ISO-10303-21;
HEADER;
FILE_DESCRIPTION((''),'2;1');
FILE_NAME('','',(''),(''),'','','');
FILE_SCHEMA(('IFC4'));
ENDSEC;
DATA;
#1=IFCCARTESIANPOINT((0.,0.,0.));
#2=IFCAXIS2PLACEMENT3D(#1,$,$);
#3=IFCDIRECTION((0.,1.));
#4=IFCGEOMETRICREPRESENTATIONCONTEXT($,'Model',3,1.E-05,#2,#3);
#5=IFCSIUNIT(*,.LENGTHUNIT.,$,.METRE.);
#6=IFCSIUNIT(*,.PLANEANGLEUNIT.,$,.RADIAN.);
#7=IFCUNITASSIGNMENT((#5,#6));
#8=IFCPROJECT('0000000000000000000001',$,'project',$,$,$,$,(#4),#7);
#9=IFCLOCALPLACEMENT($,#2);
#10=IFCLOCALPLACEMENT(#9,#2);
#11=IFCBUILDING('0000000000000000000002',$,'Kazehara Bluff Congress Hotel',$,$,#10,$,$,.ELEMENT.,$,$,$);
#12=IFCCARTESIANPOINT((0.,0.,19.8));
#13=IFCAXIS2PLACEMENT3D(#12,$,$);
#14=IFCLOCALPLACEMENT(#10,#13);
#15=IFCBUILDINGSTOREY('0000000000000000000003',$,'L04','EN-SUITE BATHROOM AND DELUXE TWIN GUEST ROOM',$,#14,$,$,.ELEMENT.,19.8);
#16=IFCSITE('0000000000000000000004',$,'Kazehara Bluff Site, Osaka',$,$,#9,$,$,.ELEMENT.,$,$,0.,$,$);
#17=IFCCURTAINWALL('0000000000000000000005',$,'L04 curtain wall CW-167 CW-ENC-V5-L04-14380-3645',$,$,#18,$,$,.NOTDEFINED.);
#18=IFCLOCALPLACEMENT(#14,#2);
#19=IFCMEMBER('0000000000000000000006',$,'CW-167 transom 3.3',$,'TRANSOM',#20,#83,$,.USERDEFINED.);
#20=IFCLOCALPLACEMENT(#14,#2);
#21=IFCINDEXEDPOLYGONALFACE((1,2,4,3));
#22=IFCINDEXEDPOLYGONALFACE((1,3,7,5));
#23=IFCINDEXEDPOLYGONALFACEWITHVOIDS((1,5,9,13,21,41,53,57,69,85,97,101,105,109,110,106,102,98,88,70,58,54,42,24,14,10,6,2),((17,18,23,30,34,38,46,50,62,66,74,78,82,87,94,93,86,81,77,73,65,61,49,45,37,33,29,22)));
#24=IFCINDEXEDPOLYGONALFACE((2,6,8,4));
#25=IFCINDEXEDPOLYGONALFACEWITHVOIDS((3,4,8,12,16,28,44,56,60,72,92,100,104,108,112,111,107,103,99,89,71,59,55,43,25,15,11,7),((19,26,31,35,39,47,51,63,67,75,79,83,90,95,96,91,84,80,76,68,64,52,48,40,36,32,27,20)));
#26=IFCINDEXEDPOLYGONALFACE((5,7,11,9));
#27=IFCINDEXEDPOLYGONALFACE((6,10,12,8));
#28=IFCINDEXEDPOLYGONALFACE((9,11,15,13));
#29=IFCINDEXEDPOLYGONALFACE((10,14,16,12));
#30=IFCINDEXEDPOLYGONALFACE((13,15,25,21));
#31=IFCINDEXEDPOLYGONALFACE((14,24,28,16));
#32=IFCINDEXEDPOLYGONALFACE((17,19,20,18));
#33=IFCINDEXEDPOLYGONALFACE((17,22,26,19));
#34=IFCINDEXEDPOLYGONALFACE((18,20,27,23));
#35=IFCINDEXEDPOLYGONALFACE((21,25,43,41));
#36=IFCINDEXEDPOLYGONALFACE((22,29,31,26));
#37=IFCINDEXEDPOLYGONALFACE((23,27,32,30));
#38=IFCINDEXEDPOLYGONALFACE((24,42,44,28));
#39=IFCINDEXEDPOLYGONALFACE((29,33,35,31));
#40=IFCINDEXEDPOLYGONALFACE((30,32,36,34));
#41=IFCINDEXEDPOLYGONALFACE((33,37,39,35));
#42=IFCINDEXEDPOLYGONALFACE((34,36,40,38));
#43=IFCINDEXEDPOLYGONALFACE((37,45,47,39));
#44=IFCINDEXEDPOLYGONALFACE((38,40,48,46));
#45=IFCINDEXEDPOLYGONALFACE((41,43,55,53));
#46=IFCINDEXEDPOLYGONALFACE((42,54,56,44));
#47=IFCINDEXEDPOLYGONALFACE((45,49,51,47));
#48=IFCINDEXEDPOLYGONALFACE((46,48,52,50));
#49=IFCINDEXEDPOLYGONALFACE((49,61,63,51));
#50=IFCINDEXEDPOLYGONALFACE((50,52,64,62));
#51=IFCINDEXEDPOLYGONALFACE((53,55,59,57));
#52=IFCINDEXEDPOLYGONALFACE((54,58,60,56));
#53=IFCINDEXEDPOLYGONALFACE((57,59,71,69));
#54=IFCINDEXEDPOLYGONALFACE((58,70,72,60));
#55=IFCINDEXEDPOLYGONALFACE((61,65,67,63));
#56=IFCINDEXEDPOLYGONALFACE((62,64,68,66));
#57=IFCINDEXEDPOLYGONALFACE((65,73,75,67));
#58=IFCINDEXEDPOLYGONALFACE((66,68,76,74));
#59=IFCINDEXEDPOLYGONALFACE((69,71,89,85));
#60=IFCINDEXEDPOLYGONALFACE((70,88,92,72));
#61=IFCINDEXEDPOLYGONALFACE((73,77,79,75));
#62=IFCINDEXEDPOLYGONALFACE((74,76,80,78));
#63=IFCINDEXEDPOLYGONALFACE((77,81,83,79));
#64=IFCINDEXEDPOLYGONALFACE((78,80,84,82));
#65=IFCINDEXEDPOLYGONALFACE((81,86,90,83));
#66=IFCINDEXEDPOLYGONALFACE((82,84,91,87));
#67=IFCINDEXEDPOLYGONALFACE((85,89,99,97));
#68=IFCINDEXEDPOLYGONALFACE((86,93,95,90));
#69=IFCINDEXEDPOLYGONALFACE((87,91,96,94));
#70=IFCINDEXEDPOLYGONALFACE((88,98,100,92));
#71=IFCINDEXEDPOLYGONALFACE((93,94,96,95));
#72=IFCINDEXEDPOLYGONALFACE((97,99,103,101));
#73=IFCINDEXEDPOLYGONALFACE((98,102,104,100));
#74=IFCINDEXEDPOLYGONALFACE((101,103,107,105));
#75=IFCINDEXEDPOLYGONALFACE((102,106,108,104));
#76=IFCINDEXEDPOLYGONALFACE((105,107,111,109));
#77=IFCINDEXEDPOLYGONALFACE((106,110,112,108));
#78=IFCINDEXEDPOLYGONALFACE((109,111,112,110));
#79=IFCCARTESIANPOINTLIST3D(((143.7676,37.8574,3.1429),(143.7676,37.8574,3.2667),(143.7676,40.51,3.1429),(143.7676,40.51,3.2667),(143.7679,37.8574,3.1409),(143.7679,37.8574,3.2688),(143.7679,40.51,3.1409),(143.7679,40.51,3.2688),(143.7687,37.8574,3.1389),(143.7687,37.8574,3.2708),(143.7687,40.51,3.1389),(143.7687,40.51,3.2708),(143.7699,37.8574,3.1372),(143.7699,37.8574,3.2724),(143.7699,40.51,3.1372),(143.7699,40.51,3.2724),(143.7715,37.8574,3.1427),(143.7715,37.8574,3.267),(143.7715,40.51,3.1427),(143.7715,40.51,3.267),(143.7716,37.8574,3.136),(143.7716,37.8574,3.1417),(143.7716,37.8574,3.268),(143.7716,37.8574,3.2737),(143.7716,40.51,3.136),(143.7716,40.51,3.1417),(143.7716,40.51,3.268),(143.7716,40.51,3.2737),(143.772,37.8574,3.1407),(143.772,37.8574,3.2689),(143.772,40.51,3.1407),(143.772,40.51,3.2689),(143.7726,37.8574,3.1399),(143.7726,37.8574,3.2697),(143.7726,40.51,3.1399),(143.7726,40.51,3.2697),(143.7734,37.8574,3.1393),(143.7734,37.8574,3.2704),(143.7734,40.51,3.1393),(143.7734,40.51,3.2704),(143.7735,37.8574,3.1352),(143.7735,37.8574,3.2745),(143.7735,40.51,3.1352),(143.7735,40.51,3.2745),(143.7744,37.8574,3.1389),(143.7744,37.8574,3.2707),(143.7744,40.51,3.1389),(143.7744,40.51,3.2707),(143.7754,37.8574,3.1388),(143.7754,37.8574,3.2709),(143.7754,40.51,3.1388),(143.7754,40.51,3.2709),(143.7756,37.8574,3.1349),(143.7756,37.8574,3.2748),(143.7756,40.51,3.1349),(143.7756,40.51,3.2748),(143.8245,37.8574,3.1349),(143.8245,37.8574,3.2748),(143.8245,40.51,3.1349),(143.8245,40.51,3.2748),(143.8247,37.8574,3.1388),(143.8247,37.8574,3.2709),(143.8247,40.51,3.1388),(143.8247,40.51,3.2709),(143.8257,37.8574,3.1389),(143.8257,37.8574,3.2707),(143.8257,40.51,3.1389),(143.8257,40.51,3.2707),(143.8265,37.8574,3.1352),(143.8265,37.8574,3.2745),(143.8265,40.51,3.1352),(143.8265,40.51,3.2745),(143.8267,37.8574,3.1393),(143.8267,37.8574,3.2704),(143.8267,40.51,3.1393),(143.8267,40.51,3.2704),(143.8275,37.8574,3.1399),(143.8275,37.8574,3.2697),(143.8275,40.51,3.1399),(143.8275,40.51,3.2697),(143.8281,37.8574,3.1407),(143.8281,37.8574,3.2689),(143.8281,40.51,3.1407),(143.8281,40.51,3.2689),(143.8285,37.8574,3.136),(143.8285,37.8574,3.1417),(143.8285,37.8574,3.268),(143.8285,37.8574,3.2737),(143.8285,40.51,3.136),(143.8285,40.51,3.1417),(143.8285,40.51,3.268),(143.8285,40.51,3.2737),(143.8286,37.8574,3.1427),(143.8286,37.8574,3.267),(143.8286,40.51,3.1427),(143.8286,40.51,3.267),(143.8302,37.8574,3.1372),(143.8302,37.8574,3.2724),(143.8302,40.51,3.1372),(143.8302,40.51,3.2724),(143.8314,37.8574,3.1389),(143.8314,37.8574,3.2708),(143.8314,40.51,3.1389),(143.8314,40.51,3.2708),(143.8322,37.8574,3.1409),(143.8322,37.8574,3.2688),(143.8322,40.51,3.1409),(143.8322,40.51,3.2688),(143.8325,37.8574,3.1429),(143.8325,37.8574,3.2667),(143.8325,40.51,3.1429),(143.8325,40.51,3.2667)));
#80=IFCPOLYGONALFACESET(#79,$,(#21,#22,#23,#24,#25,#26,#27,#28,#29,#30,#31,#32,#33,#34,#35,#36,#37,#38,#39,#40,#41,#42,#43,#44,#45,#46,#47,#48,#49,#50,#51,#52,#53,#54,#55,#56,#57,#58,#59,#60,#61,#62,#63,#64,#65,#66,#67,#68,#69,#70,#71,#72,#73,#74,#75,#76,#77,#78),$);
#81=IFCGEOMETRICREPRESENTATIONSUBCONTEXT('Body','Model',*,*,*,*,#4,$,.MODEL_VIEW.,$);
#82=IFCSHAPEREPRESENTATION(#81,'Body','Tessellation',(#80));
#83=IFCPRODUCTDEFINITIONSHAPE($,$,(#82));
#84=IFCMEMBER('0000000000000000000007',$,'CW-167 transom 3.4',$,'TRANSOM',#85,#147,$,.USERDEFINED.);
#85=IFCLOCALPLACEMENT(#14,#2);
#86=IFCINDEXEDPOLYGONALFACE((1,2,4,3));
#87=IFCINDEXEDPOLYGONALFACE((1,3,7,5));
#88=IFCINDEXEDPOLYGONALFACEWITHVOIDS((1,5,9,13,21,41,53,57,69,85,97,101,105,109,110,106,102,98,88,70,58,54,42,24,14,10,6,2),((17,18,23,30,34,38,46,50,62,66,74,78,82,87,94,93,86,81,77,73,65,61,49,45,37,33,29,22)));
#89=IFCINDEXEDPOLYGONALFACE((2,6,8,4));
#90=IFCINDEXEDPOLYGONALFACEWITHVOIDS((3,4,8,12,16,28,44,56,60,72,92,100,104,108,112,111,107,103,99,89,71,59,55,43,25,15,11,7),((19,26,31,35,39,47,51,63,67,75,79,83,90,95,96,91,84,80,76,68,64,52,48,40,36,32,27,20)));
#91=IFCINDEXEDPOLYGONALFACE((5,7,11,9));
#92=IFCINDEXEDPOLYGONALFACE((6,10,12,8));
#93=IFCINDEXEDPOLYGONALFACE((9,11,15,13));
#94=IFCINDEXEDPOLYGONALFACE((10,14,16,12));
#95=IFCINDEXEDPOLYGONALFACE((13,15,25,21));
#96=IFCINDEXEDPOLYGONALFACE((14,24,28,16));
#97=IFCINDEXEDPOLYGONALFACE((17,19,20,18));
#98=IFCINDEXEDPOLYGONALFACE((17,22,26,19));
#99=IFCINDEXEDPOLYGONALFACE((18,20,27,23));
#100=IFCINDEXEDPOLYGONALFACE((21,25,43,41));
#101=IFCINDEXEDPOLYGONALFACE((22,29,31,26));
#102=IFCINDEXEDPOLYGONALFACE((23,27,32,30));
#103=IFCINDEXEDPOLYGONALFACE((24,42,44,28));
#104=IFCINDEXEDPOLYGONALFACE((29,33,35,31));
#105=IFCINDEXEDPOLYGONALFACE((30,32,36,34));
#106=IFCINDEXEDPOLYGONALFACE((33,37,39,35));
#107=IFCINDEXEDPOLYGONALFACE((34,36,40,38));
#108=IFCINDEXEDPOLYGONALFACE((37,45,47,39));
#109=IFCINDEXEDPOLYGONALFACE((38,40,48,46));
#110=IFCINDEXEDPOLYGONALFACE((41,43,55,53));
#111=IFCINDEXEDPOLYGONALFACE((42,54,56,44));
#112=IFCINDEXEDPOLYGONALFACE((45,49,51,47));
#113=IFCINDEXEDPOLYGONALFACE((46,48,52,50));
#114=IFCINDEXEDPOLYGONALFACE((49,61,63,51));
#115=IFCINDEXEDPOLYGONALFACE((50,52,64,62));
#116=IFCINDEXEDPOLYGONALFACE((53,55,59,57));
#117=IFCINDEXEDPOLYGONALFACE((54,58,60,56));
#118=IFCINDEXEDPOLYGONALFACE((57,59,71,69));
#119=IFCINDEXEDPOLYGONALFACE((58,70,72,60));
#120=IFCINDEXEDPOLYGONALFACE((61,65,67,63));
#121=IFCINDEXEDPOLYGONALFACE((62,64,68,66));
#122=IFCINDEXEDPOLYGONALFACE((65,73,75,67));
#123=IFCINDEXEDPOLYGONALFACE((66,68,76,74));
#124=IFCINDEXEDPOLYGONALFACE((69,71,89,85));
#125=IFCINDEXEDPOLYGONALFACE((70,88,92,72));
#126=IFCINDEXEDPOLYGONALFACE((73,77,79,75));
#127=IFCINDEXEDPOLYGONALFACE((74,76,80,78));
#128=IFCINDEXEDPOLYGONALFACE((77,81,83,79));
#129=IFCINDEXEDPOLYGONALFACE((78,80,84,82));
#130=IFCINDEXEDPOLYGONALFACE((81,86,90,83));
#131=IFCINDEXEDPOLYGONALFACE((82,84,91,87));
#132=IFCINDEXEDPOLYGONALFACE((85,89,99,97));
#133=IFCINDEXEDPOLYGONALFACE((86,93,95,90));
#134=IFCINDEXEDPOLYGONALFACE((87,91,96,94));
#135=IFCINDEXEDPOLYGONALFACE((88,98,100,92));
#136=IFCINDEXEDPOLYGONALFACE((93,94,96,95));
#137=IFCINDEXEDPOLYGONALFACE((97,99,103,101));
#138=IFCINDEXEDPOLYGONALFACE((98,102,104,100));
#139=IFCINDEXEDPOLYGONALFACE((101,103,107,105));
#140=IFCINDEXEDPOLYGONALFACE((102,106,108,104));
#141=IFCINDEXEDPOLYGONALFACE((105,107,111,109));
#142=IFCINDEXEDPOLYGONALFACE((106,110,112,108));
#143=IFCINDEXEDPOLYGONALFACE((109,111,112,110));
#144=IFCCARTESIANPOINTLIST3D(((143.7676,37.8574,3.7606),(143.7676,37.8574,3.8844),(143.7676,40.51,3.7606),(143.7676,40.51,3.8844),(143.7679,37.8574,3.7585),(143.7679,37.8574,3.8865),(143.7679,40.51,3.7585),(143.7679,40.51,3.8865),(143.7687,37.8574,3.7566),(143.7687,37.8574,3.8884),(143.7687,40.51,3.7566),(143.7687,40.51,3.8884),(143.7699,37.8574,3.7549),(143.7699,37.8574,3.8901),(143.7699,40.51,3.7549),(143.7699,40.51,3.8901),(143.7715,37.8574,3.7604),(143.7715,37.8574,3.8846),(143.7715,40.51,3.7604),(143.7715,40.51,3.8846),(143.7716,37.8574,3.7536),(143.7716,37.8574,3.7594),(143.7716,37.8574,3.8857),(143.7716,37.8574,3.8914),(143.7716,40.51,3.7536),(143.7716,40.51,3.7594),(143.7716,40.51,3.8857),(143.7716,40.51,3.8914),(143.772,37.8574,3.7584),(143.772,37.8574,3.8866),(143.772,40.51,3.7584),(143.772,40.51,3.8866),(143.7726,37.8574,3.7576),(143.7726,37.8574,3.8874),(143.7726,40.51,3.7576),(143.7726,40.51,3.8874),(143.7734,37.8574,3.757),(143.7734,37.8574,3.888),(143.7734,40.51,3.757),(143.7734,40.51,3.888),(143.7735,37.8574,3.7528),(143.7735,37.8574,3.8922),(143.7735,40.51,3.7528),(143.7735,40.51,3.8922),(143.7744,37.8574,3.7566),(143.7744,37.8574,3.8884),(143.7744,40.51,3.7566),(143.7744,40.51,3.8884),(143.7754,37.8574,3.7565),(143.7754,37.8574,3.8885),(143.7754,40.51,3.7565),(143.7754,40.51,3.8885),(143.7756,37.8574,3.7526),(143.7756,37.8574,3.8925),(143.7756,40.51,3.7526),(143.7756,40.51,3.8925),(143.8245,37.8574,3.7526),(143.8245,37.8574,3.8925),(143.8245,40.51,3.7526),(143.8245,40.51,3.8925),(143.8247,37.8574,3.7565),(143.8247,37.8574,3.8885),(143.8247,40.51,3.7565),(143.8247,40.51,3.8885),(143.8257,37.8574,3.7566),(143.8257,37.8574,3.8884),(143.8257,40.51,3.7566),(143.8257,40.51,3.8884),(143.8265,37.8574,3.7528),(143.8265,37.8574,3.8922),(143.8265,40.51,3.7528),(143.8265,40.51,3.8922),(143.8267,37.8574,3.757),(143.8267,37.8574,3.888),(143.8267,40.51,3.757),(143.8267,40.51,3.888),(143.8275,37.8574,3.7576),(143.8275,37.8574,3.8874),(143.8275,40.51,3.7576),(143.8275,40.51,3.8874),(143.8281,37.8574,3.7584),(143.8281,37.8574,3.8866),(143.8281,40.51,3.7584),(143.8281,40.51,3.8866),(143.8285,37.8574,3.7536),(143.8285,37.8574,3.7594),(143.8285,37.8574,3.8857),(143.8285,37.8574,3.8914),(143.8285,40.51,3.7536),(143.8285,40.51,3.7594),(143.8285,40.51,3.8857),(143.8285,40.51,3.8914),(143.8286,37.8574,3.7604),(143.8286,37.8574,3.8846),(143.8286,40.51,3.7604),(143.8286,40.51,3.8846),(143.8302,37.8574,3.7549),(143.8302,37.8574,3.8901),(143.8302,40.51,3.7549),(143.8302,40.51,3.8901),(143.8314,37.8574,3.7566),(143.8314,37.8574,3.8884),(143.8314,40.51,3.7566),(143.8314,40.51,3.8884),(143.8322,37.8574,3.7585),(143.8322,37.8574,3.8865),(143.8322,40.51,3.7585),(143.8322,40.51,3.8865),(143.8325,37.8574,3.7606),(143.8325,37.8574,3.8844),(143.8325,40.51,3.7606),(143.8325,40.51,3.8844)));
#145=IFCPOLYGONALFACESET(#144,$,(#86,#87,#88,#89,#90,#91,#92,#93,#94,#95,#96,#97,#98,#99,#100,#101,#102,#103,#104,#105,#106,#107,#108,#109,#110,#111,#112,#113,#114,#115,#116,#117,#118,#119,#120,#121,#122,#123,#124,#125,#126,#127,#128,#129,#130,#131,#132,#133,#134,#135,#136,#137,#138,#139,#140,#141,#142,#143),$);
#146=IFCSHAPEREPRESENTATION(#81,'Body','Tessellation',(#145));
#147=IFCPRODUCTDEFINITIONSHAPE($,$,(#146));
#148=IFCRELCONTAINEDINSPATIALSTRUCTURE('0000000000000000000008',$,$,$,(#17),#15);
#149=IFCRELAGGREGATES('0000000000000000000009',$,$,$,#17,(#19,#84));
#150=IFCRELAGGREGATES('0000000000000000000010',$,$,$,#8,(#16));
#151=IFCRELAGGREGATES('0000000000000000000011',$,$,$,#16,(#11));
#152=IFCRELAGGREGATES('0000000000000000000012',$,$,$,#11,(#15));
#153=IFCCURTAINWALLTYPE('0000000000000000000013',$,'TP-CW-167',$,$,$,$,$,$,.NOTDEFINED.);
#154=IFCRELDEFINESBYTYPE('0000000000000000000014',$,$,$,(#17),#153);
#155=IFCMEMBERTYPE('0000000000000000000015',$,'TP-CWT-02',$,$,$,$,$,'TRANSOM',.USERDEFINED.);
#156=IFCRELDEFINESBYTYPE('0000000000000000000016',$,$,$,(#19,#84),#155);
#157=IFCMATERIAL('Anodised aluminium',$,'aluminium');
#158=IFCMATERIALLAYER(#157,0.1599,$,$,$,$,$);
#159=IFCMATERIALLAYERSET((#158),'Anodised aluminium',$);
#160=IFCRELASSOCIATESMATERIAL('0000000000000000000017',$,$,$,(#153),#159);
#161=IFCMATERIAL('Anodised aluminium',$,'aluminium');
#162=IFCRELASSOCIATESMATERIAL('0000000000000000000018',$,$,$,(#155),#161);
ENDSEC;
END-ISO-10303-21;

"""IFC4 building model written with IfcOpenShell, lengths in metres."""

from ifc_helpers import new_model, si_unit, direction, frame, origin, origin_2d, place, context, subcontext, project, spatial, hollow_rectangle, extrude, material, layer, layer_set, material_profile, profile_set, type_object, element, aggregate, save


model = new_model("IFC4")

# Units and contexts
model_context = context("Model", 3, precision=1e-05, world=origin(), true_north=direction((0.0, 1.0)))
body_context = subcontext(model_context, "Body", "Model", "MODEL_VIEW")
ifc_project = project(units=[si_unit("LENGTHUNIT", "METRE"), si_unit("PLANEANGLEUNIT", "RADIAN")], contexts=[model_context])

# Site, building, storey
site_placement = place(None, origin())
site = spatial("IfcSite", under=ifc_project, at=site_placement, Name="Kazehara Bluff Site, Osaka", CompositionType="ELEMENT", RefElevation=0.0)
building_placement = place(site_placement, origin())
building = spatial("IfcBuilding", under=site, at=building_placement, Name="Kazehara Bluff Congress Hotel", CompositionType="ELEMENT")
storey_placement = place(building_placement, frame((0.0, 0.0, 19.8)))
storey = spatial("IfcBuildingStorey", under=building, at=storey_placement, Name="L04", Description="EN-SUITE BATHROOM AND DELUXE TWIN GUEST ROOM", CompositionType="ELEMENT", Elevation=19.8)

# Curtain wall
ifc_material_1 = material(Name="Anodised aluminium", Category="aluminium")
ifc_layer_1 = layer(ifc_material_1, 0.1599)
ifc_layer_set_1 = layer_set([ifc_layer_1], Name="Anodised aluminium")
curtain_wall_type_1 = type_object("IfcCurtainWallType", Name="TP-CW-167", PredefinedType="NOTDEFINED", material=ifc_layer_set_1)
curtain_wall_1_placement = place(storey_placement, origin())
curtain_wall_1 = element("IfcCurtainWall", 1, at=curtain_wall_1_placement, inside=storey, type_object=curtain_wall_type_1, Name="L04 curtain wall CW-167 CW-ENC-V5-L04-14380-3645", PredefinedType="NOTDEFINED")

# Members
ifc_material_2 = material(Name="Anodised aluminium", Category="aluminium")
ifc_material_profile_1 = material_profile(ifc_material_2, hollow_rectangle(XDim=0.0649, YDim=0.1399, WallThickness=0.0039, InnerFilletRadius=0.0039, OuterFilletRadius=0.0081, at=origin_2d()))
ifc_profile_set_1 = profile_set([ifc_material_profile_1], Name="Anodised aluminium")
member_type_1 = type_object("IfcMemberType", Name="TP-CWT-02", ElementType="TRANSOM", PredefinedType="USERDEFINED", material=ifc_profile_set_1)
member_1_placement = place(storey_placement, frame((143.8, 37.8574, 3.2048), z_axis=(0.0, 1.0, 0.0), x_axis=(-1.0, 0.0, 0.0)))
member_1 = element("IfcMember", 2, at=member_1_placement, type_object=member_type_1, Name="CW-167 transom 3.3", ObjectType="TRANSOM", PredefinedType="USERDEFINED", context=body_context, shape_type="SweptSolid", body=[
    extrude(hollow_rectangle(XDim=0.0649, YDim=0.1399, WallThickness=0.0039, InnerFilletRadius=0.0039, OuterFilletRadius=0.0081, at=origin_2d()), origin(), (0.0, 0.0, 1.0), 2.6526),
])
member_2_placement = place(storey_placement, frame((143.8, 37.8574, 3.8225), z_axis=(0.0, 1.0, 0.0), x_axis=(-1.0, 0.0, 0.0)))
member_2 = element("IfcMember", 3, at=member_2_placement, type_object=member_type_1, Name="CW-167 transom 3.4", ObjectType="TRANSOM", PredefinedType="USERDEFINED", context=body_context, shape_type="SweptSolid", body=[
    extrude(hollow_rectangle(XDim=0.0649, YDim=0.1399, WallThickness=0.0039, InnerFilletRadius=0.0039, OuterFilletRadius=0.0081, at=origin_2d()), origin(), (0.0, 0.0, 1.0), 2.6526),
])

aggregate(curtain_wall_1, [member_1, member_2])

save(model, "model.ifc")
